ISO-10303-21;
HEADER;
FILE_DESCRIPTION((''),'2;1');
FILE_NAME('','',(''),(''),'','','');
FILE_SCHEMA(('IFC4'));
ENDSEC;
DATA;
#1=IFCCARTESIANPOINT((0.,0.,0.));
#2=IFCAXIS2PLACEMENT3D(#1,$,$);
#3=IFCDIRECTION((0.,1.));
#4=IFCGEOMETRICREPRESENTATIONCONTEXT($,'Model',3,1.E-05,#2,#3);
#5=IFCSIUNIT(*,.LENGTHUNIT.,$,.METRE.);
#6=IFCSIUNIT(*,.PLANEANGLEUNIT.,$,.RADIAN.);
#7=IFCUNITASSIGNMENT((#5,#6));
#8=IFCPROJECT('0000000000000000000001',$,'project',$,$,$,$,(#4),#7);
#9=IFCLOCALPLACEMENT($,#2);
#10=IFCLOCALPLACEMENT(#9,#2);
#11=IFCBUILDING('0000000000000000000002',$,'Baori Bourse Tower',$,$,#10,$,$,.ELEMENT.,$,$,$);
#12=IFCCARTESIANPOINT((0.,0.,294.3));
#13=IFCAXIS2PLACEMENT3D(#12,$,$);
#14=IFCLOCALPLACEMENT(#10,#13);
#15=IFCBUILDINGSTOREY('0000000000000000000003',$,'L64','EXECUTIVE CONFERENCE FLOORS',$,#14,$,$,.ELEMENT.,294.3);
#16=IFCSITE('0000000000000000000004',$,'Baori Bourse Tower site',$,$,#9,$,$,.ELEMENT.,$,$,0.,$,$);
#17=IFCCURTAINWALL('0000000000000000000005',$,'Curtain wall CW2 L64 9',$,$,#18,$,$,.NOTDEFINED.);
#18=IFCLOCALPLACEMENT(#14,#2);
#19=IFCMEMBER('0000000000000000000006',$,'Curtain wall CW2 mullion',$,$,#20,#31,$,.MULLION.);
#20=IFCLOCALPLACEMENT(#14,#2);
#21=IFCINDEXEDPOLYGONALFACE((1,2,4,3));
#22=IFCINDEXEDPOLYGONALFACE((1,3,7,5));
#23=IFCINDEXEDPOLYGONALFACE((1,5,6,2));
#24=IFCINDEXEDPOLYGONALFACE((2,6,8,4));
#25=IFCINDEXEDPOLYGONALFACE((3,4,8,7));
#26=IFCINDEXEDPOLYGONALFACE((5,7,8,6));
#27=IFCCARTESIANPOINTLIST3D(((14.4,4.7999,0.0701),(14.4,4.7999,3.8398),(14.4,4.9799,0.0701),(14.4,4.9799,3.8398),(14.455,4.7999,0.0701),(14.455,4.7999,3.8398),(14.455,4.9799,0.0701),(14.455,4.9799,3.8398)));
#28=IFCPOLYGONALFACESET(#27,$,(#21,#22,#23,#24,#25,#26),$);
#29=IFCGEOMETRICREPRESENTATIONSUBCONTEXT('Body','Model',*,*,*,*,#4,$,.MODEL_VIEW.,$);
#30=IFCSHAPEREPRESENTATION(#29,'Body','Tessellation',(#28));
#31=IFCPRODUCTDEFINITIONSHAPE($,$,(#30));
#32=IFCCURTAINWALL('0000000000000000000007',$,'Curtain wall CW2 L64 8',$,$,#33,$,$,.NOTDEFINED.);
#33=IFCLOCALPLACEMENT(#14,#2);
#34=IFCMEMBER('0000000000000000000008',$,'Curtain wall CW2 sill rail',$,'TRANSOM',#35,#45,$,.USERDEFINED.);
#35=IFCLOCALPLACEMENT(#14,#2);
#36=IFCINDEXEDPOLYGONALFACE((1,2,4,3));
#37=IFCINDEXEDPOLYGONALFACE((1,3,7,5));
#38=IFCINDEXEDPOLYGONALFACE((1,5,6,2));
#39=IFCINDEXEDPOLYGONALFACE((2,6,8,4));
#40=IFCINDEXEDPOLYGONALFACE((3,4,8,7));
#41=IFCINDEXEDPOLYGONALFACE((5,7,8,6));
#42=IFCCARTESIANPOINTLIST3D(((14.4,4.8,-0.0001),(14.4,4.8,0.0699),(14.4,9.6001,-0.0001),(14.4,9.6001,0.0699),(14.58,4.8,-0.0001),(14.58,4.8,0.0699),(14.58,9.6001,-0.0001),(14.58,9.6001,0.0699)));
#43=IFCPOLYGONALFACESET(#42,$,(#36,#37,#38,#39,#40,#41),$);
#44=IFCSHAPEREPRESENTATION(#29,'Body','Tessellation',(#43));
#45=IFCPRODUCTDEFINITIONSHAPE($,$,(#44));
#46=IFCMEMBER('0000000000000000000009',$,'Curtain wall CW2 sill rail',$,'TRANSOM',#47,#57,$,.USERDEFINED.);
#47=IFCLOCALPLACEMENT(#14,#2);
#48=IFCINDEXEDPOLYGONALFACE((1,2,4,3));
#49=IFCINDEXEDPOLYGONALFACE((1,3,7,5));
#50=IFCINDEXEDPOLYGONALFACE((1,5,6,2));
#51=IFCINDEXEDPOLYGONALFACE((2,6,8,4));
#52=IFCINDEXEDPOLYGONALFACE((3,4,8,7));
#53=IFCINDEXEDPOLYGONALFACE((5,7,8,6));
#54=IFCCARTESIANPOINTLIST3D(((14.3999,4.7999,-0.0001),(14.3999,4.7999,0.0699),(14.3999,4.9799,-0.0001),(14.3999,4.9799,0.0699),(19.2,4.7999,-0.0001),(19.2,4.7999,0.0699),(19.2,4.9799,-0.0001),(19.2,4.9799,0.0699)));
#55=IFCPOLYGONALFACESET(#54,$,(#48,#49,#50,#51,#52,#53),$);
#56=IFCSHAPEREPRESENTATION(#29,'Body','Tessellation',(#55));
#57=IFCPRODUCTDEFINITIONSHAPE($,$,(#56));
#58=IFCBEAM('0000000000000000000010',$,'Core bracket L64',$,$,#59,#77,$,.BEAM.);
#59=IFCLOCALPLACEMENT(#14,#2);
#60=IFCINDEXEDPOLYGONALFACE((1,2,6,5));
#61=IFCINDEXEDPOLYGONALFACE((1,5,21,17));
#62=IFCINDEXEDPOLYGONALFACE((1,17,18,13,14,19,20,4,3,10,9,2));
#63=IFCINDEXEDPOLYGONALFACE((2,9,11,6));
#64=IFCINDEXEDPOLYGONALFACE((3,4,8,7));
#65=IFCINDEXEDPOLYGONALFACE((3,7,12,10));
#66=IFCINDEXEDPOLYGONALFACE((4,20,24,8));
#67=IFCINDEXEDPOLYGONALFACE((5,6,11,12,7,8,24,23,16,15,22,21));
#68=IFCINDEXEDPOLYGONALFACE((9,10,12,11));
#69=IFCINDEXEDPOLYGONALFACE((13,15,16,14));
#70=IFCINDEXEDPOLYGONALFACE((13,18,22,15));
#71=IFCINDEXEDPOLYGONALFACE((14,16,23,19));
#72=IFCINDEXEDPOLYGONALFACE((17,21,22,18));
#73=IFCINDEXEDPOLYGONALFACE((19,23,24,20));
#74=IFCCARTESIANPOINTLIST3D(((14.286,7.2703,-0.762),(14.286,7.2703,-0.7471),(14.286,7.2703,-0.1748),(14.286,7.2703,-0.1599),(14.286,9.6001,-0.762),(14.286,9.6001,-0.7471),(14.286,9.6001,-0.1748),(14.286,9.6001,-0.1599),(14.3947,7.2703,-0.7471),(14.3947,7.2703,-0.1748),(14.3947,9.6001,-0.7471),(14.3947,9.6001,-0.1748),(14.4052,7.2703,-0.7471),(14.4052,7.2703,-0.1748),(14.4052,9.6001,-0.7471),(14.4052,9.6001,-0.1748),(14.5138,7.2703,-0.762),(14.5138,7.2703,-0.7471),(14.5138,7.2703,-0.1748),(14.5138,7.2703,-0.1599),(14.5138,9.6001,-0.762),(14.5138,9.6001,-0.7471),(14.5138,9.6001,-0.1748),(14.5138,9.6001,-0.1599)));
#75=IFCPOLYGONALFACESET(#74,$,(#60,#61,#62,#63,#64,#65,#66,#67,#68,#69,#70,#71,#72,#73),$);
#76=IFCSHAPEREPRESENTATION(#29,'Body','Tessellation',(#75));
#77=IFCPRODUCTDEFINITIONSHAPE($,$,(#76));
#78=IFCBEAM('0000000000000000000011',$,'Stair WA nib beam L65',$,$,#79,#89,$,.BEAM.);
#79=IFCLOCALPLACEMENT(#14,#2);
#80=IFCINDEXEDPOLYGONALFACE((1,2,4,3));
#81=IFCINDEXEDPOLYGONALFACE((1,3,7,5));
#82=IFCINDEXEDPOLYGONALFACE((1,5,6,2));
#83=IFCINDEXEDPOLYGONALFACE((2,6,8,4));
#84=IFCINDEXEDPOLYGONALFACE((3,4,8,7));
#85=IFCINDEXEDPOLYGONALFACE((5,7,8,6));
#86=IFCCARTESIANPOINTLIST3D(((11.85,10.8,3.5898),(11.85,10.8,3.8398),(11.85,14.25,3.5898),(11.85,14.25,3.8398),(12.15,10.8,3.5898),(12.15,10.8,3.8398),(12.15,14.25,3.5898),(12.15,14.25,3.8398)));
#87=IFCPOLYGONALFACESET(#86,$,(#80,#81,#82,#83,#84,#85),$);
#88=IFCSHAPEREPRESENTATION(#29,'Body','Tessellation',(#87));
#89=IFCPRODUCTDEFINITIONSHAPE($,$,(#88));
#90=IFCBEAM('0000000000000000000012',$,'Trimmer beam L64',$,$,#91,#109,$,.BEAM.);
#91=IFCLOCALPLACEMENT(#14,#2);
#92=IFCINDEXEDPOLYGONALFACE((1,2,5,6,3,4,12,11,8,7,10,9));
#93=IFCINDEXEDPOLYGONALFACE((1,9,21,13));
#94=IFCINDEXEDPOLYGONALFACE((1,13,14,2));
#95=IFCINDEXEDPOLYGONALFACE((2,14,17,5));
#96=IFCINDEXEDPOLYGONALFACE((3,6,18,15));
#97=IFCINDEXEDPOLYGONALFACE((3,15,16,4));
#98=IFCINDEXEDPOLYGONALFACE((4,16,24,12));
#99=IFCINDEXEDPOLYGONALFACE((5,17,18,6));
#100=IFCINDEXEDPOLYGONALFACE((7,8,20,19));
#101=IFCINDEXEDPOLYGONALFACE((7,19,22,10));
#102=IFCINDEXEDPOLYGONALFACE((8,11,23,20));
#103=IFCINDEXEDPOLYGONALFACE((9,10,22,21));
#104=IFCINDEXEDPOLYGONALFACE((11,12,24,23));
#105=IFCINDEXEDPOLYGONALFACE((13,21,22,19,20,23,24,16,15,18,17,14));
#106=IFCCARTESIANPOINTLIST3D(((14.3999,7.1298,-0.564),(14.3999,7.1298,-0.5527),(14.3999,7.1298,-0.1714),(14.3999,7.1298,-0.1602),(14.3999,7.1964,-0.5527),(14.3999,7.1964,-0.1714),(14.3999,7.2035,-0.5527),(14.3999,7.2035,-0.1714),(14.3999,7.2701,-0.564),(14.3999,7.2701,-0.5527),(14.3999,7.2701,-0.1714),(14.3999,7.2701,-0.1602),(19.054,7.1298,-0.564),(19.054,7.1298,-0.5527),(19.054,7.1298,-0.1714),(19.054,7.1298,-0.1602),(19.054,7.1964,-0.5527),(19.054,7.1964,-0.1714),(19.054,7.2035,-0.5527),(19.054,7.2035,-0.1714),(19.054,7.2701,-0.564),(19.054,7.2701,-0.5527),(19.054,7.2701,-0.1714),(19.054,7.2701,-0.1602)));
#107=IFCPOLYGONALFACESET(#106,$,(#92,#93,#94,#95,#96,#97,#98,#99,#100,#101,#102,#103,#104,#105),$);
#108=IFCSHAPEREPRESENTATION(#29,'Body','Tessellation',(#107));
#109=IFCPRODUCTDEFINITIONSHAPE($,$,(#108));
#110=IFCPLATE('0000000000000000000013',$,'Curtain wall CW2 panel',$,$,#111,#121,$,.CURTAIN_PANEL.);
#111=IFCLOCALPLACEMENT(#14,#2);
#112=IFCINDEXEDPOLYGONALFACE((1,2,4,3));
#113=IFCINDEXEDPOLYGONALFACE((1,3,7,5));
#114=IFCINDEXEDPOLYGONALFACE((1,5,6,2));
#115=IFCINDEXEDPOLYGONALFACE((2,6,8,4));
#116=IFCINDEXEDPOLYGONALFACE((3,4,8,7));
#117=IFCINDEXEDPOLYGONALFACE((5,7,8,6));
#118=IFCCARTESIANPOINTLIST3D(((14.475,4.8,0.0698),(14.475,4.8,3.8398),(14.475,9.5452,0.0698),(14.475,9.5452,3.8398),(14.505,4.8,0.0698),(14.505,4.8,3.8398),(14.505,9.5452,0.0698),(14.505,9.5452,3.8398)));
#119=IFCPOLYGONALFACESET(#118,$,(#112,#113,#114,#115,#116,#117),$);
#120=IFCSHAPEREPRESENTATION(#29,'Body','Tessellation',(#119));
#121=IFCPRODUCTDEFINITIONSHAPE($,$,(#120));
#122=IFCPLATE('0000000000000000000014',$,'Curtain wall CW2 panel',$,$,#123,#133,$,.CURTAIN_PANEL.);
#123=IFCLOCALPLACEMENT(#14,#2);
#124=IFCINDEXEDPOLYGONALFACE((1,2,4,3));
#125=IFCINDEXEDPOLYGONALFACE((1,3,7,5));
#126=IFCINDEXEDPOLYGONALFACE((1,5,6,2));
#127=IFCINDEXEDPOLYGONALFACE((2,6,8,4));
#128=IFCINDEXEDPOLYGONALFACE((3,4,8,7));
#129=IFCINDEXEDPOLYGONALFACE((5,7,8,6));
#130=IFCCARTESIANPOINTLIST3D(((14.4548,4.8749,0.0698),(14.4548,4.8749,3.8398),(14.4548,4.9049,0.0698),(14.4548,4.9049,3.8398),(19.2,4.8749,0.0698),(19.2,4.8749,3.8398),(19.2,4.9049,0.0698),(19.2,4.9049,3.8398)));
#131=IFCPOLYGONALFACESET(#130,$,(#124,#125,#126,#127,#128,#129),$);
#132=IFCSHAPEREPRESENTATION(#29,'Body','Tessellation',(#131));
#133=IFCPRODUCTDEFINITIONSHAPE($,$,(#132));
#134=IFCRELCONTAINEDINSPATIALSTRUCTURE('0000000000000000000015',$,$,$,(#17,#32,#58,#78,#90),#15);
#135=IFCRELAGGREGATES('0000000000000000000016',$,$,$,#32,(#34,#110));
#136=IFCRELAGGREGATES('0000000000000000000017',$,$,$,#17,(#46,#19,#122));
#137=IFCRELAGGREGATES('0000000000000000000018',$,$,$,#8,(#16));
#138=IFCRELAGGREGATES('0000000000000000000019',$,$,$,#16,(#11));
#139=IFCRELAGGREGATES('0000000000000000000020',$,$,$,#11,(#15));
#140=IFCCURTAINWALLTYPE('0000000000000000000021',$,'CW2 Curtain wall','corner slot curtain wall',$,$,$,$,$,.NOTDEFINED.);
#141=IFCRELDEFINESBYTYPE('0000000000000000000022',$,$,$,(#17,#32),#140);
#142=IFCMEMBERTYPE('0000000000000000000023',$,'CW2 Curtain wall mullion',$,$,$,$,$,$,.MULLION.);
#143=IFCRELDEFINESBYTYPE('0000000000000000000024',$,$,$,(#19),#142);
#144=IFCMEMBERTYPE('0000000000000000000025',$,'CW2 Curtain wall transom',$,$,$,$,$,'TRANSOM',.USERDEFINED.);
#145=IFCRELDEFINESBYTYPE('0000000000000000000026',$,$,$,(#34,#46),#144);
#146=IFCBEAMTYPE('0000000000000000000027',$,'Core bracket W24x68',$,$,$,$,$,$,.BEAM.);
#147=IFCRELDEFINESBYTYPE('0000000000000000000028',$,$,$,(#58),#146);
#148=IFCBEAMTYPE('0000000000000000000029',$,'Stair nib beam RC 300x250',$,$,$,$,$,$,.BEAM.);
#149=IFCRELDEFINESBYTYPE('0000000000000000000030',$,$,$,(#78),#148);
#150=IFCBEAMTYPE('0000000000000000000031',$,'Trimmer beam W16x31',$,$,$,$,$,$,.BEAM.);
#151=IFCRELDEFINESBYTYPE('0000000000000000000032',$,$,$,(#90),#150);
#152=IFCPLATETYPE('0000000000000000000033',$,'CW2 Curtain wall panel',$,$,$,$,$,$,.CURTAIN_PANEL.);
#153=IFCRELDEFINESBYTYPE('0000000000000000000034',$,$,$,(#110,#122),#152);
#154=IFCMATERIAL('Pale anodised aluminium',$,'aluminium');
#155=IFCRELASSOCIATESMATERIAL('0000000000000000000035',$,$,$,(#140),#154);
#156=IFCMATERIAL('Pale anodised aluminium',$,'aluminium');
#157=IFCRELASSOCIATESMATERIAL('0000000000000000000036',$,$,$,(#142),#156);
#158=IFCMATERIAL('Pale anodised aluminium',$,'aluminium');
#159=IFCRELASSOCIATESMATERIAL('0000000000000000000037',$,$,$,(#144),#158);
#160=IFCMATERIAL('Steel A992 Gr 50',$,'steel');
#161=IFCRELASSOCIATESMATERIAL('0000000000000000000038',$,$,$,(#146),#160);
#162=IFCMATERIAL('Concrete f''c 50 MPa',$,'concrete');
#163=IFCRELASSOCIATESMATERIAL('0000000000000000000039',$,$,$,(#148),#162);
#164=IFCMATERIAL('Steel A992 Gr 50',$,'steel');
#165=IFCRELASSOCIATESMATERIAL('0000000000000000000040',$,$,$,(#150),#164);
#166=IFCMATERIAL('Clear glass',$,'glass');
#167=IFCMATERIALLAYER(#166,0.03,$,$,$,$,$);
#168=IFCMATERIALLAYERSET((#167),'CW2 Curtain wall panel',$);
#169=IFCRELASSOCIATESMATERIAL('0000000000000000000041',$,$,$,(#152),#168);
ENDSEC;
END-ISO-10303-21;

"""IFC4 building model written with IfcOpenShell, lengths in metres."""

from ifc_helpers import new_model, si_unit, direction, frame, origin, origin_2d, place, context, subcontext, project, spatial, rectangle, i_section, extrude, material, layer, layer_set, material_profile, profile_set, type_object, element, aggregate, save


model = new_model("IFC4")

# Units and contexts
model_context = context("Model", 3, precision=1e-05, world=origin(), true_north=direction((0.0, 1.0)))
body_context = subcontext(model_context, "Body", "Model", "MODEL_VIEW")
ifc_project = project(units=[si_unit("LENGTHUNIT", "METRE"), si_unit("PLANEANGLEUNIT", "RADIAN")], contexts=[model_context])

# Site, building, storey
site_placement = place(None, origin())
site = spatial("IfcSite", under=ifc_project, at=site_placement, Name="Baori Bourse Tower site", CompositionType="ELEMENT", RefElevation=0.0)
building_placement = place(site_placement, origin())
building = spatial("IfcBuilding", under=site, at=building_placement, Name="Baori Bourse Tower", CompositionType="ELEMENT")
storey_placement = place(building_placement, frame((0.0, 0.0, 294.3)))
storey = spatial("IfcBuildingStorey", under=building, at=storey_placement, Name="L64", Description="EXECUTIVE CONFERENCE FLOORS", CompositionType="ELEMENT", Elevation=294.3)

# Curtain walls, members
ifc_material_1 = material(Name="Pale anodised aluminium", Category="aluminium")
curtain_wall_type = type_object("IfcCurtainWallType", Name="CW2 Curtain wall", Description="corner slot curtain wall", PredefinedType="NOTDEFINED", material=ifc_material_1)
curtain_wall_1_placement = place(storey_placement, origin())
curtain_wall_1 = element("IfcCurtainWall", 1, at=curtain_wall_1_placement, inside=storey, type_object=curtain_wall_type, Name="Curtain wall CW2 L64 9", PredefinedType="NOTDEFINED")
ifc_material_2 = material(Name="Pale anodised aluminium", Category="aluminium")
ifc_material_profile_1 = material_profile(ifc_material_2, rectangle(XDim=0.1799, YDim=0.0549, at=origin_2d()), Name="Mullion 55x180")
ifc_profile_set_1 = profile_set([ifc_material_profile_1], Name="Pale anodised aluminium")
member_type_1 = type_object("IfcMemberType", Name="CW2 Curtain wall mullion", PredefinedType="MULLION", material=ifc_profile_set_1)
member_1_placement = place(storey_placement, frame((14.4275, 4.8899, 0.0701), z_axis=(0.0, 0.0, 1.0), x_axis=(0.0, 1.0, 0.0)))
member_1 = element("IfcMember", 2, at=member_1_placement, type_object=member_type_1, Name="Curtain wall CW2 mullion", PredefinedType="MULLION", context=body_context, shape_type="SweptSolid", body=[
    extrude(rectangle(XDim=0.1799, YDim=0.0549, at=origin_2d()), origin(), (0.0, 0.0, 1.0), 3.7698),
])
curtain_wall_2_placement = place(storey_placement, origin())
curtain_wall_2 = element("IfcCurtainWall", 3, at=curtain_wall_2_placement, inside=storey, type_object=curtain_wall_type, Name="Curtain wall CW2 L64 8", PredefinedType="NOTDEFINED")
ifc_material_3 = material(Name="Pale anodised aluminium", Category="aluminium")
ifc_material_profile_2 = material_profile(ifc_material_3, rectangle(XDim=0.1799, YDim=0.0701, at=origin_2d()), Name="Transom 70x180")
ifc_profile_set_2 = profile_set([ifc_material_profile_2], Name="Pale anodised aluminium")
member_type_2 = type_object("IfcMemberType", Name="CW2 Curtain wall transom", ElementType="TRANSOM", PredefinedType="USERDEFINED", material=ifc_profile_set_2)
member_2_placement = place(storey_placement, frame((14.49, 9.6001, 0.0349), z_axis=(0.0, -1.0, 0.0), x_axis=(1.0, 0.0, 0.0)))
member_2 = element("IfcMember", 4, at=member_2_placement, type_object=member_type_2, Name="Curtain wall CW2 sill rail", ObjectType="TRANSOM", PredefinedType="USERDEFINED", context=body_context, shape_type="SweptSolid", body=[
    extrude(rectangle(XDim=0.1799, YDim=0.0701, at=origin_2d()), origin(), (0.0, 0.0, 1.0), 4.8),
])

# Member
member_3_placement = place(storey_placement, frame((14.3999, 4.8899, 0.0349), z_axis=(1.0, 0.0, 0.0), x_axis=(0.0, 1.0, 0.0)))
member_3 = element("IfcMember", 5, at=member_3_placement, type_object=member_type_2, Name="Curtain wall CW2 sill rail", ObjectType="TRANSOM", PredefinedType="USERDEFINED", context=body_context, shape_type="SweptSolid", body=[
    extrude(rectangle(XDim=0.1799, YDim=0.0701, at=origin_2d()), origin(), (0.0, 0.0, 1.0), 4.8),
])

# Beams
ifc_material_4 = material(Name="Steel A992 Gr 50", Category="steel")
ifc_material_profile_3 = material_profile(ifc_material_4, i_section(OverallWidth=0.2278, OverallDepth=0.6021, WebThickness=0.0105, FlangeThickness=0.0149, at=origin_2d()), Name="W24x68")
ifc_profile_set_3 = profile_set([ifc_material_profile_3], Name="Steel A992 Gr 50")
beam_type_1 = type_object("IfcBeamType", Name="Core bracket W24x68", PredefinedType="BEAM", material=ifc_profile_set_3)
beam_1_placement = place(storey_placement, frame((14.3999, 7.2703, -0.4609), z_axis=(0.0, 1.0, 0.0), x_axis=(-1.0, 0.0, 0.0)))
element("IfcBeam", 6, at=beam_1_placement, inside=storey, type_object=beam_type_1, Name="Core bracket L64", PredefinedType="BEAM", context=body_context, shape_type="SweptSolid", body=[
    extrude(i_section(OverallWidth=0.2278, OverallDepth=0.6021, WebThickness=0.0105, FlangeThickness=0.0149, at=origin_2d()), origin(), (0.0, 0.0, 1.0), 2.3298),
])
ifc_material_5 = material(Name="Concrete f'c 50 MPa", Category="concrete")
ifc_material_profile_4 = material_profile(ifc_material_5, rectangle(XDim=0.3, YDim=0.25, at=origin_2d()), Name="RC 300x250")
ifc_profile_set_4 = profile_set([ifc_material_profile_4], Name="Concrete f'c 50 MPa")
beam_type_2 = type_object("IfcBeamType", Name="Stair nib beam RC 300x250", PredefinedType="BEAM", material=ifc_profile_set_4)
beam_2_placement = place(storey_placement, frame((12.0, 10.8, 3.7148), z_axis=(0.0, 1.0, 0.0), x_axis=(-1.0, 0.0, 0.0)))
element("IfcBeam", 7, at=beam_2_placement, inside=storey, type_object=beam_type_2, Name="Stair WA nib beam L65", PredefinedType="BEAM", context=body_context, shape_type="SweptSolid", body=[
    extrude(rectangle(XDim=0.3, YDim=0.25, at=origin_2d()), origin(), (0.0, 0.0, 1.0), 3.45),
])
ifc_material_6 = material(Name="Steel A992 Gr 50", Category="steel")
ifc_material_profile_5 = material_profile(ifc_material_6, i_section(OverallWidth=0.1404, OverallDepth=0.4038, WebThickness=0.0071, FlangeThickness=0.0112, at=origin_2d()), Name="W16x31")
ifc_profile_set_5 = profile_set([ifc_material_profile_5], Name="Steel A992 Gr 50")
beam_type_3 = type_object("IfcBeamType", Name="Trimmer beam W16x31", PredefinedType="BEAM", material=ifc_profile_set_5)
beam_3_placement = place(storey_placement, frame((14.3999, 7.2, -0.3621), z_axis=(1.0, 0.0, 0.0), x_axis=(0.0, 1.0, 0.0)))
element("IfcBeam", 8, at=beam_3_placement, inside=storey, type_object=beam_type_3, Name="Trimmer beam L64", PredefinedType="BEAM", context=body_context, shape_type="SweptSolid", body=[
    extrude(i_section(OverallWidth=0.1404, OverallDepth=0.4038, WebThickness=0.0071, FlangeThickness=0.0112, at=origin_2d()), origin(), (0.0, 0.0, 1.0), 4.6541),
])

# Plates
ifc_material_7 = material(Name="Clear glass", Category="glass")
ifc_layer_1 = layer(ifc_material_7, 0.03)
ifc_layer_set_1 = layer_set([ifc_layer_1], Name="CW2 Curtain wall panel")
plate_type = type_object("IfcPlateType", Name="CW2 Curtain wall panel", PredefinedType="CURTAIN_PANEL", material=ifc_layer_set_1)
plate_1_placement = place(storey_placement, frame((14.49, 7.1726, 0.0698), z_axis=(0.0, 0.0, 1.0), x_axis=(0.0, -1.0, 0.0)))
plate_1 = element("IfcPlate", 9, at=plate_1_placement, type_object=plate_type, Name="Curtain wall CW2 panel", PredefinedType="CURTAIN_PANEL", context=body_context, shape_type="SweptSolid", body=[
    extrude(rectangle(XDim=4.7451, YDim=0.03, at=origin_2d()), origin(), (0.0, 0.0, 1.0), 3.77),
])
aggregate(curtain_wall_2, [member_2, plate_1])
plate_2_placement = place(storey_placement, frame((16.8274, 4.8899, 0.0698), z_axis=(0.0, 0.0, 1.0), x_axis=(1.0, 0.0, 0.0)))
plate_2 = element("IfcPlate", 10, at=plate_2_placement, type_object=plate_type, Name="Curtain wall CW2 panel", PredefinedType="CURTAIN_PANEL", context=body_context, shape_type="SweptSolid", body=[
    extrude(rectangle(XDim=4.7451, YDim=0.03, at=origin_2d()), origin(), (0.0, 0.0, 1.0), 3.77),
])
aggregate(curtain_wall_1, [member_3, member_1, plate_2])

save(model, "model.ifc")
